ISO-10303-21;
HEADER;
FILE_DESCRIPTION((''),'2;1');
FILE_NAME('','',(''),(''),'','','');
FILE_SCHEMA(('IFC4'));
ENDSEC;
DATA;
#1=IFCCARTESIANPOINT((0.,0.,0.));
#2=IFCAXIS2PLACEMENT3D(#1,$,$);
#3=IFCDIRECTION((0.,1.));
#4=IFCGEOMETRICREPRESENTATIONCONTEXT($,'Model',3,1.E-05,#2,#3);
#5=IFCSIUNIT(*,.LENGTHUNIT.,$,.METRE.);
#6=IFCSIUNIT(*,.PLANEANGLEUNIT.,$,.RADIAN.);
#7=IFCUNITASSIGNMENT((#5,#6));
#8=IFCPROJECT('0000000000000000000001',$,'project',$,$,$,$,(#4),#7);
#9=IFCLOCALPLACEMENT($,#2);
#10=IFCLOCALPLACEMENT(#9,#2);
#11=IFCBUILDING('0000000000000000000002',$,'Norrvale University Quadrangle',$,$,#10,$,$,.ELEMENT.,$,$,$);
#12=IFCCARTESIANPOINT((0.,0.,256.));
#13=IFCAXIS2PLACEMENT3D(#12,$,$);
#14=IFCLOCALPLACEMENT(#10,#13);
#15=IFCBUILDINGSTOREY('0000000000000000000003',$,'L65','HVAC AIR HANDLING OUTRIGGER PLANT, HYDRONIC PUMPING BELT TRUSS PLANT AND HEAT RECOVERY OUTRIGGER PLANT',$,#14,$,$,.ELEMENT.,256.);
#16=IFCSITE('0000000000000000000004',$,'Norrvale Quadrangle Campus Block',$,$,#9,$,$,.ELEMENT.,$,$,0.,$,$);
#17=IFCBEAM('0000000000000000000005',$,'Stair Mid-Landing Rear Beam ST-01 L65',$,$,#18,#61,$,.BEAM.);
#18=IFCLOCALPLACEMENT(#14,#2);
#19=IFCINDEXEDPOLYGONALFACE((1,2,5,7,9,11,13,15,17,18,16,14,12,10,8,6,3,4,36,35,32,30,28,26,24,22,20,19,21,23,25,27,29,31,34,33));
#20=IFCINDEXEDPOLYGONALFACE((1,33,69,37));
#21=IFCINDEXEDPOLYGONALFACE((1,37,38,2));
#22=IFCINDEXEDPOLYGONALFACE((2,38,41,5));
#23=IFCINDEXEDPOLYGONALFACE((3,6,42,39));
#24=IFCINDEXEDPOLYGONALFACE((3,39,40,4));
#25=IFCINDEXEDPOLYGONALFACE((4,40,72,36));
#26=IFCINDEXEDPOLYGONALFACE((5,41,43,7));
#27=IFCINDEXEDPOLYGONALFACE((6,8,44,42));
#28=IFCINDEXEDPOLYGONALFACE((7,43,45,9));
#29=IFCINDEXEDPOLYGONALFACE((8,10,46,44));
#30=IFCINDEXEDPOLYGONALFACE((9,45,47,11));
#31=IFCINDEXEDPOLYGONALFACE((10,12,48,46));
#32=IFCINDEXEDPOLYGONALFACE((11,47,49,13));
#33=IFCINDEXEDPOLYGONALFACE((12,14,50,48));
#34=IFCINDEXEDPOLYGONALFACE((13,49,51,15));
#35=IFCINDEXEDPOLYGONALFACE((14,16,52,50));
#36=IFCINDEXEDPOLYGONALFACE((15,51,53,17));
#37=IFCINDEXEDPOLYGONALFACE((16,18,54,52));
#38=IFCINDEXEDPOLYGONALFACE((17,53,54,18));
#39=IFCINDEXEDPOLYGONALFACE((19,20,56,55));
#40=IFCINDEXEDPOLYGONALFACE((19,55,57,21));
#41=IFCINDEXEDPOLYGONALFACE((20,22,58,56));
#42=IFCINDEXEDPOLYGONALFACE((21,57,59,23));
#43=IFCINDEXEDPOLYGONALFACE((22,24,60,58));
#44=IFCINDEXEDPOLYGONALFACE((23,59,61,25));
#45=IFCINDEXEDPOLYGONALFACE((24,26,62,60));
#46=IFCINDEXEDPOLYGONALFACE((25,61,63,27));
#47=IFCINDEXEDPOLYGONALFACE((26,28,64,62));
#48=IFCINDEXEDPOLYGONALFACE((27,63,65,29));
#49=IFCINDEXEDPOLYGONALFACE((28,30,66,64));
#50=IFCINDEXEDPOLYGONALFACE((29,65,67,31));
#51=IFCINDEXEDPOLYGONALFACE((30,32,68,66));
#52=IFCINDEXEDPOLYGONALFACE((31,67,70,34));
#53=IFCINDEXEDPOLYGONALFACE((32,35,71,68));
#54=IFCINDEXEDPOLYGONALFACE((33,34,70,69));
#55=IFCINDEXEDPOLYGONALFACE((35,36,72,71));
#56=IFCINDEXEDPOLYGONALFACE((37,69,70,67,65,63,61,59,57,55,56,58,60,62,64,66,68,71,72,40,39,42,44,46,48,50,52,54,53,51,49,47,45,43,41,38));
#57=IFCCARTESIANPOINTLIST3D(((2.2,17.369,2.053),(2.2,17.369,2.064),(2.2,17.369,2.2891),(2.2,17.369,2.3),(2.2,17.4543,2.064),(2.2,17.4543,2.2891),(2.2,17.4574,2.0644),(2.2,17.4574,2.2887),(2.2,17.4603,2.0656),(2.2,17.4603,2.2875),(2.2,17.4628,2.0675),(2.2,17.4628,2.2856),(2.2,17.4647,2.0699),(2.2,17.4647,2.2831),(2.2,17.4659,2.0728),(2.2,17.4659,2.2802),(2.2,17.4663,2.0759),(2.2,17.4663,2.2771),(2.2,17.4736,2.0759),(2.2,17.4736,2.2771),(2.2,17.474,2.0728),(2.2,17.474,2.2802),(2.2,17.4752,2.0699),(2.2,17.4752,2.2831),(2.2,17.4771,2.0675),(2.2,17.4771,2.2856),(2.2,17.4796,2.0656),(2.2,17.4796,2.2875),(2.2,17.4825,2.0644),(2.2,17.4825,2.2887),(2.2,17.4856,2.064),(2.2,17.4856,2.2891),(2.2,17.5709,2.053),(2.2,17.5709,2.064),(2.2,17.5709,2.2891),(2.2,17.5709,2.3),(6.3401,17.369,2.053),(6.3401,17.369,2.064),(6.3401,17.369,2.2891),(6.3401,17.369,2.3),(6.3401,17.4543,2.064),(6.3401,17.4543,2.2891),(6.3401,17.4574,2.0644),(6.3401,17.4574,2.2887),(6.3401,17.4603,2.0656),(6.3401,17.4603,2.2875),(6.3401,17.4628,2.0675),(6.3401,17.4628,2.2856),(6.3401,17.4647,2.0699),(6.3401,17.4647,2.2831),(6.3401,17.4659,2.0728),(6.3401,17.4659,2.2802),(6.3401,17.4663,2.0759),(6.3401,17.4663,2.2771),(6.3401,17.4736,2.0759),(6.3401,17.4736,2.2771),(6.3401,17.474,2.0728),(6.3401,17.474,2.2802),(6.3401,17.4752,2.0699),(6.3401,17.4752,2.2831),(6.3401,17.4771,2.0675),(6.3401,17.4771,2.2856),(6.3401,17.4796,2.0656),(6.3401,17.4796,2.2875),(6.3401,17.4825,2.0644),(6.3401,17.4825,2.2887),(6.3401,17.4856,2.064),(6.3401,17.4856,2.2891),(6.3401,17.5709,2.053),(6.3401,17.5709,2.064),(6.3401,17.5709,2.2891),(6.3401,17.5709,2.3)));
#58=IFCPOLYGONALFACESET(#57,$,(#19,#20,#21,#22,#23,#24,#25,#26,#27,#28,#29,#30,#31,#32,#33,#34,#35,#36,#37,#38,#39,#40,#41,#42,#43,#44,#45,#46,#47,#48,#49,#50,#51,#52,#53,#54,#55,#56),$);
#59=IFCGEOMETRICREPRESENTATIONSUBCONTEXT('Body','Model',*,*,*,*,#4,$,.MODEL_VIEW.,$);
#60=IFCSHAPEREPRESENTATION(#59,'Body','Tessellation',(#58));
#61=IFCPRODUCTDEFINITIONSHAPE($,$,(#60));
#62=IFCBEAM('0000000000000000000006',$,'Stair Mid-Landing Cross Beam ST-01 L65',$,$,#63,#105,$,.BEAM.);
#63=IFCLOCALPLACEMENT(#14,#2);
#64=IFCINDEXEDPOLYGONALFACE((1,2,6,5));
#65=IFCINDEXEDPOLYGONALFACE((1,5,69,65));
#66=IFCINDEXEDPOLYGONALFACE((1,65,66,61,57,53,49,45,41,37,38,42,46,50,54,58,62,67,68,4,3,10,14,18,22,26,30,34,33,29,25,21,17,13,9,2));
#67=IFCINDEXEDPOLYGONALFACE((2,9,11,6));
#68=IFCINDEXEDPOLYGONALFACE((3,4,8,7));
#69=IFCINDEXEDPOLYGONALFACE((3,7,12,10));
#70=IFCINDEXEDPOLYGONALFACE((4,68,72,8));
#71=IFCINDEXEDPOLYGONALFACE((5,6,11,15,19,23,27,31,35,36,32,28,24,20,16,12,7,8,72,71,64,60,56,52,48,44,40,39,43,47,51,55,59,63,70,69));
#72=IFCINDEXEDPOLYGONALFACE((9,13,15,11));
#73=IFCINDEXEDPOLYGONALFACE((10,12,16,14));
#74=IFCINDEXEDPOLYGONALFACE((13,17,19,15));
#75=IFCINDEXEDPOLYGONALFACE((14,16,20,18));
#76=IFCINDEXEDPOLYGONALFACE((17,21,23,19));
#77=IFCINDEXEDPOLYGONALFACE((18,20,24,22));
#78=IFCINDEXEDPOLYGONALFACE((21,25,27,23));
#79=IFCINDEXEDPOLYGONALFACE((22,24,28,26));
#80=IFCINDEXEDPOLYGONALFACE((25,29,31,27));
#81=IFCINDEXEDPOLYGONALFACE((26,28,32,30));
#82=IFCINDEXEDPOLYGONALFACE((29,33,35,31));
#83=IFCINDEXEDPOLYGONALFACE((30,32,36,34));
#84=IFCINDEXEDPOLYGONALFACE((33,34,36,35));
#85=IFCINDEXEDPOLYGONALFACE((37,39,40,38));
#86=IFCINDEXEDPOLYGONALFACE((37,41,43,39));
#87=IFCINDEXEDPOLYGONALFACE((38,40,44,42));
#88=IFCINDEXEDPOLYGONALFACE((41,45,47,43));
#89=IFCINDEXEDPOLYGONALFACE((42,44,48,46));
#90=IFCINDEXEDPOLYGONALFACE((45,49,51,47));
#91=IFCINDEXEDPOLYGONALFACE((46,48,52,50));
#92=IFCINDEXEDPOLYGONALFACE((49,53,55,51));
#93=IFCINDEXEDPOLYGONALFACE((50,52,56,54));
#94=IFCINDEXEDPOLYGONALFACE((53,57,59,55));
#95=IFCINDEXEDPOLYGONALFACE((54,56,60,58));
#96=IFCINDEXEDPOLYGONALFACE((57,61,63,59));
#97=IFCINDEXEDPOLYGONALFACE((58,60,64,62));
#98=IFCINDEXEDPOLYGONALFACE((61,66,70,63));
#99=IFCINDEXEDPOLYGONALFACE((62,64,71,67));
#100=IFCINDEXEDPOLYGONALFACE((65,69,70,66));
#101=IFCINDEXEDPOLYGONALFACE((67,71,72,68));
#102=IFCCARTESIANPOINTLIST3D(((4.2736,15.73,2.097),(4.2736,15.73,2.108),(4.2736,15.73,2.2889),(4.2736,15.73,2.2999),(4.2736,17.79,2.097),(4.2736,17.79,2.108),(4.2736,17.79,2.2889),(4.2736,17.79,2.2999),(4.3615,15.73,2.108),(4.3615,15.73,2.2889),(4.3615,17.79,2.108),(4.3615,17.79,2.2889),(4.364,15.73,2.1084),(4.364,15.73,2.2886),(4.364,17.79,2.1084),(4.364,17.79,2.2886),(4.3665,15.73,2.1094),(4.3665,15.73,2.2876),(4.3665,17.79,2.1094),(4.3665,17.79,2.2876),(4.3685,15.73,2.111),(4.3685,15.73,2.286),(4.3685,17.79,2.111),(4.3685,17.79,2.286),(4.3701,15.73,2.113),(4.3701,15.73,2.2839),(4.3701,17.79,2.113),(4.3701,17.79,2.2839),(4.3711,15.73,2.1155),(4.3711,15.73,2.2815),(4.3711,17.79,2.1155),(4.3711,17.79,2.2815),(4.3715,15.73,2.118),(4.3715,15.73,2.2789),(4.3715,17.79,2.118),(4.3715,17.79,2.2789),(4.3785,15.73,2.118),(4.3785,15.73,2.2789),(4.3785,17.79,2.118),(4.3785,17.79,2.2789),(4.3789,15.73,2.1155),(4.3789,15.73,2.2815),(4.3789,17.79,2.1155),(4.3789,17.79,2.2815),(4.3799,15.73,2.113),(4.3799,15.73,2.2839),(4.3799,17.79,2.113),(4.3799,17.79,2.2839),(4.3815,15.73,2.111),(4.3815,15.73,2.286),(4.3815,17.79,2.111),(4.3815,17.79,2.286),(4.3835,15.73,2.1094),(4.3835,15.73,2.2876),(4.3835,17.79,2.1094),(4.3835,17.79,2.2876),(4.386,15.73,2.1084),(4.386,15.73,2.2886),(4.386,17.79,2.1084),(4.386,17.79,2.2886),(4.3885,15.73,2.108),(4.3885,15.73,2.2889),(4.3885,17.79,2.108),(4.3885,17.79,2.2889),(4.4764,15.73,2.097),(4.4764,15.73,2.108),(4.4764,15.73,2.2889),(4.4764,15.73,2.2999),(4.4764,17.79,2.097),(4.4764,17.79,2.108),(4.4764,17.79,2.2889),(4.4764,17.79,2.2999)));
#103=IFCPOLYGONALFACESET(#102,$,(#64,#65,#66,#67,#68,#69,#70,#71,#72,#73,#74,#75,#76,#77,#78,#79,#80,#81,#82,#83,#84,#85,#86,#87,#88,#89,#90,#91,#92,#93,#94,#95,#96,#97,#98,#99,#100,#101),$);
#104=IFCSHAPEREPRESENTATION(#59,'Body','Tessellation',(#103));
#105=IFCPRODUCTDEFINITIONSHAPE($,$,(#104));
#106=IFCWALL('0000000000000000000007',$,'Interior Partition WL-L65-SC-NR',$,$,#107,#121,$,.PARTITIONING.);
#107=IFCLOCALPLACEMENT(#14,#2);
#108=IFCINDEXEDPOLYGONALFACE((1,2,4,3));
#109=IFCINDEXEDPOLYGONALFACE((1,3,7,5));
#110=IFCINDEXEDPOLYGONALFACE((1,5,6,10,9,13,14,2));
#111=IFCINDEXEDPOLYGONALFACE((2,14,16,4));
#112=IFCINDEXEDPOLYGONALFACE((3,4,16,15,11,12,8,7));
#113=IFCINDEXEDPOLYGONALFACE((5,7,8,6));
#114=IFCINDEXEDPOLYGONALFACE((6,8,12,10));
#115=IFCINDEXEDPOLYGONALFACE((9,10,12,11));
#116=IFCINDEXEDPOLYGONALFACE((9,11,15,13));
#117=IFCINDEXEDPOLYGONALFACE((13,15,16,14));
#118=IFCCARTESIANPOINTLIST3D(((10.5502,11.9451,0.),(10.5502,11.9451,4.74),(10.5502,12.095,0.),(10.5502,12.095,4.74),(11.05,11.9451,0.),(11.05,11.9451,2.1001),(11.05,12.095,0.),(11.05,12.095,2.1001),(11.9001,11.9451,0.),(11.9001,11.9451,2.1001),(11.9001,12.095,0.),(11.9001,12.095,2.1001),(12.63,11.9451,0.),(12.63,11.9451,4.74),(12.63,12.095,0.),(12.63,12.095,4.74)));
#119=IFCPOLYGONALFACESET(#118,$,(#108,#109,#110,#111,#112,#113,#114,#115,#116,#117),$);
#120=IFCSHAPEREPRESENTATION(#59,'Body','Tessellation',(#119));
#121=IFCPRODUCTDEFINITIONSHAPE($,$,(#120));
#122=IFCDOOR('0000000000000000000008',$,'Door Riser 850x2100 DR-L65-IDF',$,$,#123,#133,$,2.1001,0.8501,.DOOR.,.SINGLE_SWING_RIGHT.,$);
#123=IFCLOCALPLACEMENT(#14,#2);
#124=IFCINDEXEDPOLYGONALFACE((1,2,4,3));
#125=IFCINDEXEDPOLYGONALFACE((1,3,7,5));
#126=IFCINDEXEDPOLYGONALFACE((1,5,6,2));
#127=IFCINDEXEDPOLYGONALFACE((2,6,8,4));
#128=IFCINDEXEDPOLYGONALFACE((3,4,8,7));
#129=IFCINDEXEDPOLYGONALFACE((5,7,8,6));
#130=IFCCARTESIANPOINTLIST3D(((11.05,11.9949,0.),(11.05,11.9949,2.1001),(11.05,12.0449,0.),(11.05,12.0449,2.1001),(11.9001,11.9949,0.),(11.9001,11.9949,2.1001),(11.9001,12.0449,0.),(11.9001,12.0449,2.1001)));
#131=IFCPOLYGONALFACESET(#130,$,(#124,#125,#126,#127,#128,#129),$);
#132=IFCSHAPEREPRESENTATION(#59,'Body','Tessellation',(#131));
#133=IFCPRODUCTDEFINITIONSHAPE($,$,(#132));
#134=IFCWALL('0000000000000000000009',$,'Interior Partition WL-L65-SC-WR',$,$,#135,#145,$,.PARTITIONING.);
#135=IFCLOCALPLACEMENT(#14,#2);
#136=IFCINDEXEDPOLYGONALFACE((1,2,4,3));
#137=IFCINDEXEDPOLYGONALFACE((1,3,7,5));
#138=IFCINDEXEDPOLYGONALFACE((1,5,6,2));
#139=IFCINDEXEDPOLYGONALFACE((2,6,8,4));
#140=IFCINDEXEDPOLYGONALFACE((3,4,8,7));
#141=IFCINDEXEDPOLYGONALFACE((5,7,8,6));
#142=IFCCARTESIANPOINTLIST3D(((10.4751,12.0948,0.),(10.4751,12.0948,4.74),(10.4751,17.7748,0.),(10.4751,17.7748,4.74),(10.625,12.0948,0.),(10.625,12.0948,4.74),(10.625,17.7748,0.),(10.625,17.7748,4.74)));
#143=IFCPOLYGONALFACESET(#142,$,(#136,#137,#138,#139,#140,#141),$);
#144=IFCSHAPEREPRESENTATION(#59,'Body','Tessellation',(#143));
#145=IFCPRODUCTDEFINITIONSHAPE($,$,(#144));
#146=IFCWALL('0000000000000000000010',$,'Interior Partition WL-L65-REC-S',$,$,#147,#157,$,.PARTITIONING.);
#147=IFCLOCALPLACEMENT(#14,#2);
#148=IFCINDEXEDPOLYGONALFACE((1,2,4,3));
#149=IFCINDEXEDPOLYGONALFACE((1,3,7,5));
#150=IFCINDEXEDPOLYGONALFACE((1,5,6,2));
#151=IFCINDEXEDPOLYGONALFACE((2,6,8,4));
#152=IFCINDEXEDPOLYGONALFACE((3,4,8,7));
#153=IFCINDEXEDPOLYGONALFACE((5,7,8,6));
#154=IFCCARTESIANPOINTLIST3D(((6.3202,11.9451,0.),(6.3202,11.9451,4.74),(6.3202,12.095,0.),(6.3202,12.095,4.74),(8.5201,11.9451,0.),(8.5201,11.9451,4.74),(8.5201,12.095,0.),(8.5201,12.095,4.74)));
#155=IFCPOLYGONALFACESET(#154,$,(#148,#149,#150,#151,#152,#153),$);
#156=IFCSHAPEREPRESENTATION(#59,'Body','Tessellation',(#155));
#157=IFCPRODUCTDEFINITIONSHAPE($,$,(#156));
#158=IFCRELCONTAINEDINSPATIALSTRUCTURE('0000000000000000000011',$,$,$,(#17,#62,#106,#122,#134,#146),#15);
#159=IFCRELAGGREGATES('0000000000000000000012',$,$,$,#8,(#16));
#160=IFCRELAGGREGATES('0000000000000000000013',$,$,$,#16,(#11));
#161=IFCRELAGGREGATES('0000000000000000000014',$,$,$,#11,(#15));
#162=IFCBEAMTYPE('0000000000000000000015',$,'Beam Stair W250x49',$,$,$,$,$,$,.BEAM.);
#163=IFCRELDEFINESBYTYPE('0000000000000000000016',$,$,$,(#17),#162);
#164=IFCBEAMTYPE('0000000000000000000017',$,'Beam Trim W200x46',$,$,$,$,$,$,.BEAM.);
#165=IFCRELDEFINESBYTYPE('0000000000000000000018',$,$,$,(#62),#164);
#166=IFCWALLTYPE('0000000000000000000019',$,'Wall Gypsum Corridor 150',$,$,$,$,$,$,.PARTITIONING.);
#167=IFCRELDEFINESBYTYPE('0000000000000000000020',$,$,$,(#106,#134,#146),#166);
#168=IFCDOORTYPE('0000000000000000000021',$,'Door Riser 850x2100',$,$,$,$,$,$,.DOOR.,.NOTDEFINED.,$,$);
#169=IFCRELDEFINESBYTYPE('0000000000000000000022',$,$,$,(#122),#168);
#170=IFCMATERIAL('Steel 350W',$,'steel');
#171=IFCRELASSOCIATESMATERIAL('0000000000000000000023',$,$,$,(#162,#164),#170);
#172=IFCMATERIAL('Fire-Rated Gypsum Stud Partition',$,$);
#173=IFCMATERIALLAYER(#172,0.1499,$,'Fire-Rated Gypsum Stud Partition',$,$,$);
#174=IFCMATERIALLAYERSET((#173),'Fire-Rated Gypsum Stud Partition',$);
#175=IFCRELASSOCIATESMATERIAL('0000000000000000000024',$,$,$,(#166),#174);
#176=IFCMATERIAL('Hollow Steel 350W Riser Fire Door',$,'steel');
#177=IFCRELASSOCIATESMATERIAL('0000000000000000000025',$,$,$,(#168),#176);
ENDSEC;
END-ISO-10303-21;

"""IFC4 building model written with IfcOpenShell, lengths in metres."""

from ifc_helpers import new_model, si_unit, direction, frame, frame_2d, origin, origin_2d, place, context, subcontext, project, spatial, rectangle, i_section, extrude, material, layer, layer_set, material_profile, profile_set, type_object, element, fill, save


model = new_model("IFC4")

# Units and contexts
model_context = context("Model", 3, precision=1e-05, world=origin(), true_north=direction((0.0, 1.0)))
body_context = subcontext(model_context, "Body", "Model", "MODEL_VIEW")
ifc_project = project(units=[si_unit("LENGTHUNIT", "METRE"), si_unit("PLANEANGLEUNIT", "RADIAN")], contexts=[model_context])

# Site, building, storey
site_placement = place(None, origin())
site = spatial("IfcSite", under=ifc_project, at=site_placement, Name="Norrvale Quadrangle Campus Block", CompositionType="ELEMENT", RefElevation=0.0)
building_placement = place(site_placement, origin())
building = spatial("IfcBuilding", under=site, at=building_placement, Name="Norrvale University Quadrangle", CompositionType="ELEMENT")
storey_placement = place(building_placement, frame((0.0, 0.0, 256.0)))
storey = spatial("IfcBuildingStorey", under=building, at=storey_placement, Name="L65", Description="HVAC AIR HANDLING OUTRIGGER PLANT, HYDRONIC PUMPING BELT TRUSS PLANT AND HEAT RECOVERY OUTRIGGER PLANT", CompositionType="ELEMENT", Elevation=256.0)

# Beams
ifc_material_1 = material(Name="Steel 350W", Category="steel")
ifc_material_profile_1 = material_profile(ifc_material_1, i_section(OverallWidth=0.2019, OverallDepth=0.2471, WebThickness=0.0073, FlangeThickness=0.011, FilletRadius=0.012, at=origin_2d()), Name="Steel 350W")
ifc_profile_set_1 = profile_set([ifc_material_profile_1], Name="Steel 350W")
beam_type_1 = type_object("IfcBeamType", Name="Beam Stair W250x49", PredefinedType="BEAM", material=ifc_profile_set_1)
for number, where, z_axis, x_axis, name in (
    (1, (2.2, 17.47, 2.1765), (1.0, 0.0, 0.0), (0.0, 1.0, 0.0), "Stair Mid-Landing Rear Beam ST-01 L65"),
):
    element("IfcBeam", number, at=place(storey_placement, frame(where, z_axis=z_axis, x_axis=x_axis)), inside=storey, type_object=beam_type_1, Name=name, PredefinedType="BEAM", context=body_context, shape_type="SweptSolid", body=[
        extrude(i_section(OverallWidth=0.2019, OverallDepth=0.2471, WebThickness=0.0073, FlangeThickness=0.011, FilletRadius=0.012, at=origin_2d()), origin(), (0.0, 0.0, 1.0), 4.1401),
    ])
ifc_material_profile_2 = material_profile(ifc_material_1, i_section(OverallWidth=0.2029, OverallDepth=0.2029, WebThickness=0.0071, FlangeThickness=0.011, FilletRadius=0.01, at=origin_2d()), Name="Steel 350W")
ifc_profile_set_2 = profile_set([ifc_material_profile_2], Name="Steel 350W")
beam_type_2 = type_object("IfcBeamType", Name="Beam Trim W200x46", PredefinedType="BEAM", material=ifc_profile_set_2)
beam_1_placement = place(storey_placement, frame((4.375, 15.73, 2.1985), z_axis=(0.0, 1.0, 0.0), x_axis=(-1.0, 0.0, 0.0)))
element("IfcBeam", 2, at=beam_1_placement, inside=storey, type_object=beam_type_2, Name="Stair Mid-Landing Cross Beam ST-01 L65", PredefinedType="BEAM", context=body_context, shape_type="SweptSolid", body=[
    extrude(i_section(OverallWidth=0.2029, OverallDepth=0.2029, WebThickness=0.0071, FlangeThickness=0.011, FilletRadius=0.01, at=origin_2d()), origin(), (0.0, 0.0, 1.0), 2.0601),
])

# Wall, opening, door
ifc_material_2 = material(Name="Fire-Rated Gypsum Stud Partition")
ifc_layer_1 = layer(ifc_material_2, 0.1499, Name="Fire-Rated Gypsum Stud Partition")
ifc_layer_set_1 = layer_set([ifc_layer_1], Name="Fire-Rated Gypsum Stud Partition")
wall_type_1 = type_object("IfcWallType", Name="Wall Gypsum Corridor 150", PredefinedType="PARTITIONING", material=ifc_layer_set_1)
wall_1_placement = place(storey_placement, frame((10.55, 12.02, 0.0), z_axis=(0.0, 0.0, 1.0), x_axis=(1.0, 0.0, 0.0)))
wall_1 = element("IfcWall", 3, at=wall_1_placement, inside=storey, type_object=wall_type_1, Name="Interior Partition WL-L65-SC-NR", PredefinedType="PARTITIONING", context=body_context, shape_type="SweptSolid", body=[
    extrude(rectangle(XDim=2.0798, YDim=0.1499, at=frame_2d((1.04, 0.0))), origin(), (0.0, 0.0, 1.0), 4.74),
])
opening_1_placement = place(wall_1_placement, frame((0.5, 0.0, 0.0)))
opening_1 = element("IfcOpeningElement", 4, at=opening_1_placement, cuts=wall_1, PredefinedType="OPENING", context=body_context, shape_type="SweptSolid", body=[
    extrude(rectangle(XDim=0.8501, YDim=2.1001, at=frame_2d((0.425, 1.05))), frame((0.0, 0.0869, 0.0), z_axis=(0.0, -1.0, 0.0), x_axis=(1.0, 0.0, 0.0)), (0.0, 0.0, 1.0), 0.1738),
])
ifc_material_3 = material(Name="Hollow Steel 350W Riser Fire Door", Category="steel")
door_type_1 = type_object("IfcDoorType", Name="Door Riser 850x2100", OperationType="NOTDEFINED", PredefinedType="DOOR", material=ifc_material_3)
door_1_placement = place(opening_1_placement, origin())
door_1 = element("IfcDoor", 5, at=door_1_placement, inside=storey, type_object=door_type_1, Name="Door Riser 850x2100 DR-L65-IDF", OperationType="SINGLE_SWING_RIGHT", OverallHeight=2.1001, OverallWidth=0.8501, PredefinedType="DOOR", context=body_context, shape_type="SweptSolid", body=[
    extrude(rectangle(XDim=0.8501, YDim=2.1001, at=frame_2d((0.425, 1.05))), frame((0.0, 0.0249, 0.0), z_axis=(0.0, -1.0, 0.0), x_axis=(1.0, 0.0, 0.0)), (0.0, 0.0, 1.0), 0.05),
])
fill(opening_1, door_1)

# Walls
wall_2_placement = place(storey_placement, frame((10.55, 12.095, 0.0), z_axis=(0.0, 0.0, 1.0), x_axis=(0.0, 1.0, 0.0)))
element("IfcWall", 6, at=wall_2_placement, inside=storey, type_object=wall_type_1, Name="Interior Partition WL-L65-SC-WR", PredefinedType="PARTITIONING", context=body_context, shape_type="SweptSolid", body=[
    extrude(rectangle(XDim=5.6799, YDim=0.1499, at=frame_2d((2.8398, 0.0))), origin(), (0.0, 0.0, 1.0), 4.74),
])
wall_3_placement = place(storey_placement, frame((6.3201, 12.02, 0.0), z_axis=(0.0, 0.0, 1.0), x_axis=(1.0, 0.0, 0.0)))
element("IfcWall", 7, at=wall_3_placement, inside=storey, type_object=wall_type_1, Name="Interior Partition WL-L65-REC-S", PredefinedType="PARTITIONING", context=body_context, shape_type="SweptSolid", body=[
    extrude(rectangle(XDim=2.2, YDim=0.1499, at=frame_2d((1.1001, 0.0))), origin(), (0.0, 0.0, 1.0), 4.74),
])

save(model, "model.ifc")
